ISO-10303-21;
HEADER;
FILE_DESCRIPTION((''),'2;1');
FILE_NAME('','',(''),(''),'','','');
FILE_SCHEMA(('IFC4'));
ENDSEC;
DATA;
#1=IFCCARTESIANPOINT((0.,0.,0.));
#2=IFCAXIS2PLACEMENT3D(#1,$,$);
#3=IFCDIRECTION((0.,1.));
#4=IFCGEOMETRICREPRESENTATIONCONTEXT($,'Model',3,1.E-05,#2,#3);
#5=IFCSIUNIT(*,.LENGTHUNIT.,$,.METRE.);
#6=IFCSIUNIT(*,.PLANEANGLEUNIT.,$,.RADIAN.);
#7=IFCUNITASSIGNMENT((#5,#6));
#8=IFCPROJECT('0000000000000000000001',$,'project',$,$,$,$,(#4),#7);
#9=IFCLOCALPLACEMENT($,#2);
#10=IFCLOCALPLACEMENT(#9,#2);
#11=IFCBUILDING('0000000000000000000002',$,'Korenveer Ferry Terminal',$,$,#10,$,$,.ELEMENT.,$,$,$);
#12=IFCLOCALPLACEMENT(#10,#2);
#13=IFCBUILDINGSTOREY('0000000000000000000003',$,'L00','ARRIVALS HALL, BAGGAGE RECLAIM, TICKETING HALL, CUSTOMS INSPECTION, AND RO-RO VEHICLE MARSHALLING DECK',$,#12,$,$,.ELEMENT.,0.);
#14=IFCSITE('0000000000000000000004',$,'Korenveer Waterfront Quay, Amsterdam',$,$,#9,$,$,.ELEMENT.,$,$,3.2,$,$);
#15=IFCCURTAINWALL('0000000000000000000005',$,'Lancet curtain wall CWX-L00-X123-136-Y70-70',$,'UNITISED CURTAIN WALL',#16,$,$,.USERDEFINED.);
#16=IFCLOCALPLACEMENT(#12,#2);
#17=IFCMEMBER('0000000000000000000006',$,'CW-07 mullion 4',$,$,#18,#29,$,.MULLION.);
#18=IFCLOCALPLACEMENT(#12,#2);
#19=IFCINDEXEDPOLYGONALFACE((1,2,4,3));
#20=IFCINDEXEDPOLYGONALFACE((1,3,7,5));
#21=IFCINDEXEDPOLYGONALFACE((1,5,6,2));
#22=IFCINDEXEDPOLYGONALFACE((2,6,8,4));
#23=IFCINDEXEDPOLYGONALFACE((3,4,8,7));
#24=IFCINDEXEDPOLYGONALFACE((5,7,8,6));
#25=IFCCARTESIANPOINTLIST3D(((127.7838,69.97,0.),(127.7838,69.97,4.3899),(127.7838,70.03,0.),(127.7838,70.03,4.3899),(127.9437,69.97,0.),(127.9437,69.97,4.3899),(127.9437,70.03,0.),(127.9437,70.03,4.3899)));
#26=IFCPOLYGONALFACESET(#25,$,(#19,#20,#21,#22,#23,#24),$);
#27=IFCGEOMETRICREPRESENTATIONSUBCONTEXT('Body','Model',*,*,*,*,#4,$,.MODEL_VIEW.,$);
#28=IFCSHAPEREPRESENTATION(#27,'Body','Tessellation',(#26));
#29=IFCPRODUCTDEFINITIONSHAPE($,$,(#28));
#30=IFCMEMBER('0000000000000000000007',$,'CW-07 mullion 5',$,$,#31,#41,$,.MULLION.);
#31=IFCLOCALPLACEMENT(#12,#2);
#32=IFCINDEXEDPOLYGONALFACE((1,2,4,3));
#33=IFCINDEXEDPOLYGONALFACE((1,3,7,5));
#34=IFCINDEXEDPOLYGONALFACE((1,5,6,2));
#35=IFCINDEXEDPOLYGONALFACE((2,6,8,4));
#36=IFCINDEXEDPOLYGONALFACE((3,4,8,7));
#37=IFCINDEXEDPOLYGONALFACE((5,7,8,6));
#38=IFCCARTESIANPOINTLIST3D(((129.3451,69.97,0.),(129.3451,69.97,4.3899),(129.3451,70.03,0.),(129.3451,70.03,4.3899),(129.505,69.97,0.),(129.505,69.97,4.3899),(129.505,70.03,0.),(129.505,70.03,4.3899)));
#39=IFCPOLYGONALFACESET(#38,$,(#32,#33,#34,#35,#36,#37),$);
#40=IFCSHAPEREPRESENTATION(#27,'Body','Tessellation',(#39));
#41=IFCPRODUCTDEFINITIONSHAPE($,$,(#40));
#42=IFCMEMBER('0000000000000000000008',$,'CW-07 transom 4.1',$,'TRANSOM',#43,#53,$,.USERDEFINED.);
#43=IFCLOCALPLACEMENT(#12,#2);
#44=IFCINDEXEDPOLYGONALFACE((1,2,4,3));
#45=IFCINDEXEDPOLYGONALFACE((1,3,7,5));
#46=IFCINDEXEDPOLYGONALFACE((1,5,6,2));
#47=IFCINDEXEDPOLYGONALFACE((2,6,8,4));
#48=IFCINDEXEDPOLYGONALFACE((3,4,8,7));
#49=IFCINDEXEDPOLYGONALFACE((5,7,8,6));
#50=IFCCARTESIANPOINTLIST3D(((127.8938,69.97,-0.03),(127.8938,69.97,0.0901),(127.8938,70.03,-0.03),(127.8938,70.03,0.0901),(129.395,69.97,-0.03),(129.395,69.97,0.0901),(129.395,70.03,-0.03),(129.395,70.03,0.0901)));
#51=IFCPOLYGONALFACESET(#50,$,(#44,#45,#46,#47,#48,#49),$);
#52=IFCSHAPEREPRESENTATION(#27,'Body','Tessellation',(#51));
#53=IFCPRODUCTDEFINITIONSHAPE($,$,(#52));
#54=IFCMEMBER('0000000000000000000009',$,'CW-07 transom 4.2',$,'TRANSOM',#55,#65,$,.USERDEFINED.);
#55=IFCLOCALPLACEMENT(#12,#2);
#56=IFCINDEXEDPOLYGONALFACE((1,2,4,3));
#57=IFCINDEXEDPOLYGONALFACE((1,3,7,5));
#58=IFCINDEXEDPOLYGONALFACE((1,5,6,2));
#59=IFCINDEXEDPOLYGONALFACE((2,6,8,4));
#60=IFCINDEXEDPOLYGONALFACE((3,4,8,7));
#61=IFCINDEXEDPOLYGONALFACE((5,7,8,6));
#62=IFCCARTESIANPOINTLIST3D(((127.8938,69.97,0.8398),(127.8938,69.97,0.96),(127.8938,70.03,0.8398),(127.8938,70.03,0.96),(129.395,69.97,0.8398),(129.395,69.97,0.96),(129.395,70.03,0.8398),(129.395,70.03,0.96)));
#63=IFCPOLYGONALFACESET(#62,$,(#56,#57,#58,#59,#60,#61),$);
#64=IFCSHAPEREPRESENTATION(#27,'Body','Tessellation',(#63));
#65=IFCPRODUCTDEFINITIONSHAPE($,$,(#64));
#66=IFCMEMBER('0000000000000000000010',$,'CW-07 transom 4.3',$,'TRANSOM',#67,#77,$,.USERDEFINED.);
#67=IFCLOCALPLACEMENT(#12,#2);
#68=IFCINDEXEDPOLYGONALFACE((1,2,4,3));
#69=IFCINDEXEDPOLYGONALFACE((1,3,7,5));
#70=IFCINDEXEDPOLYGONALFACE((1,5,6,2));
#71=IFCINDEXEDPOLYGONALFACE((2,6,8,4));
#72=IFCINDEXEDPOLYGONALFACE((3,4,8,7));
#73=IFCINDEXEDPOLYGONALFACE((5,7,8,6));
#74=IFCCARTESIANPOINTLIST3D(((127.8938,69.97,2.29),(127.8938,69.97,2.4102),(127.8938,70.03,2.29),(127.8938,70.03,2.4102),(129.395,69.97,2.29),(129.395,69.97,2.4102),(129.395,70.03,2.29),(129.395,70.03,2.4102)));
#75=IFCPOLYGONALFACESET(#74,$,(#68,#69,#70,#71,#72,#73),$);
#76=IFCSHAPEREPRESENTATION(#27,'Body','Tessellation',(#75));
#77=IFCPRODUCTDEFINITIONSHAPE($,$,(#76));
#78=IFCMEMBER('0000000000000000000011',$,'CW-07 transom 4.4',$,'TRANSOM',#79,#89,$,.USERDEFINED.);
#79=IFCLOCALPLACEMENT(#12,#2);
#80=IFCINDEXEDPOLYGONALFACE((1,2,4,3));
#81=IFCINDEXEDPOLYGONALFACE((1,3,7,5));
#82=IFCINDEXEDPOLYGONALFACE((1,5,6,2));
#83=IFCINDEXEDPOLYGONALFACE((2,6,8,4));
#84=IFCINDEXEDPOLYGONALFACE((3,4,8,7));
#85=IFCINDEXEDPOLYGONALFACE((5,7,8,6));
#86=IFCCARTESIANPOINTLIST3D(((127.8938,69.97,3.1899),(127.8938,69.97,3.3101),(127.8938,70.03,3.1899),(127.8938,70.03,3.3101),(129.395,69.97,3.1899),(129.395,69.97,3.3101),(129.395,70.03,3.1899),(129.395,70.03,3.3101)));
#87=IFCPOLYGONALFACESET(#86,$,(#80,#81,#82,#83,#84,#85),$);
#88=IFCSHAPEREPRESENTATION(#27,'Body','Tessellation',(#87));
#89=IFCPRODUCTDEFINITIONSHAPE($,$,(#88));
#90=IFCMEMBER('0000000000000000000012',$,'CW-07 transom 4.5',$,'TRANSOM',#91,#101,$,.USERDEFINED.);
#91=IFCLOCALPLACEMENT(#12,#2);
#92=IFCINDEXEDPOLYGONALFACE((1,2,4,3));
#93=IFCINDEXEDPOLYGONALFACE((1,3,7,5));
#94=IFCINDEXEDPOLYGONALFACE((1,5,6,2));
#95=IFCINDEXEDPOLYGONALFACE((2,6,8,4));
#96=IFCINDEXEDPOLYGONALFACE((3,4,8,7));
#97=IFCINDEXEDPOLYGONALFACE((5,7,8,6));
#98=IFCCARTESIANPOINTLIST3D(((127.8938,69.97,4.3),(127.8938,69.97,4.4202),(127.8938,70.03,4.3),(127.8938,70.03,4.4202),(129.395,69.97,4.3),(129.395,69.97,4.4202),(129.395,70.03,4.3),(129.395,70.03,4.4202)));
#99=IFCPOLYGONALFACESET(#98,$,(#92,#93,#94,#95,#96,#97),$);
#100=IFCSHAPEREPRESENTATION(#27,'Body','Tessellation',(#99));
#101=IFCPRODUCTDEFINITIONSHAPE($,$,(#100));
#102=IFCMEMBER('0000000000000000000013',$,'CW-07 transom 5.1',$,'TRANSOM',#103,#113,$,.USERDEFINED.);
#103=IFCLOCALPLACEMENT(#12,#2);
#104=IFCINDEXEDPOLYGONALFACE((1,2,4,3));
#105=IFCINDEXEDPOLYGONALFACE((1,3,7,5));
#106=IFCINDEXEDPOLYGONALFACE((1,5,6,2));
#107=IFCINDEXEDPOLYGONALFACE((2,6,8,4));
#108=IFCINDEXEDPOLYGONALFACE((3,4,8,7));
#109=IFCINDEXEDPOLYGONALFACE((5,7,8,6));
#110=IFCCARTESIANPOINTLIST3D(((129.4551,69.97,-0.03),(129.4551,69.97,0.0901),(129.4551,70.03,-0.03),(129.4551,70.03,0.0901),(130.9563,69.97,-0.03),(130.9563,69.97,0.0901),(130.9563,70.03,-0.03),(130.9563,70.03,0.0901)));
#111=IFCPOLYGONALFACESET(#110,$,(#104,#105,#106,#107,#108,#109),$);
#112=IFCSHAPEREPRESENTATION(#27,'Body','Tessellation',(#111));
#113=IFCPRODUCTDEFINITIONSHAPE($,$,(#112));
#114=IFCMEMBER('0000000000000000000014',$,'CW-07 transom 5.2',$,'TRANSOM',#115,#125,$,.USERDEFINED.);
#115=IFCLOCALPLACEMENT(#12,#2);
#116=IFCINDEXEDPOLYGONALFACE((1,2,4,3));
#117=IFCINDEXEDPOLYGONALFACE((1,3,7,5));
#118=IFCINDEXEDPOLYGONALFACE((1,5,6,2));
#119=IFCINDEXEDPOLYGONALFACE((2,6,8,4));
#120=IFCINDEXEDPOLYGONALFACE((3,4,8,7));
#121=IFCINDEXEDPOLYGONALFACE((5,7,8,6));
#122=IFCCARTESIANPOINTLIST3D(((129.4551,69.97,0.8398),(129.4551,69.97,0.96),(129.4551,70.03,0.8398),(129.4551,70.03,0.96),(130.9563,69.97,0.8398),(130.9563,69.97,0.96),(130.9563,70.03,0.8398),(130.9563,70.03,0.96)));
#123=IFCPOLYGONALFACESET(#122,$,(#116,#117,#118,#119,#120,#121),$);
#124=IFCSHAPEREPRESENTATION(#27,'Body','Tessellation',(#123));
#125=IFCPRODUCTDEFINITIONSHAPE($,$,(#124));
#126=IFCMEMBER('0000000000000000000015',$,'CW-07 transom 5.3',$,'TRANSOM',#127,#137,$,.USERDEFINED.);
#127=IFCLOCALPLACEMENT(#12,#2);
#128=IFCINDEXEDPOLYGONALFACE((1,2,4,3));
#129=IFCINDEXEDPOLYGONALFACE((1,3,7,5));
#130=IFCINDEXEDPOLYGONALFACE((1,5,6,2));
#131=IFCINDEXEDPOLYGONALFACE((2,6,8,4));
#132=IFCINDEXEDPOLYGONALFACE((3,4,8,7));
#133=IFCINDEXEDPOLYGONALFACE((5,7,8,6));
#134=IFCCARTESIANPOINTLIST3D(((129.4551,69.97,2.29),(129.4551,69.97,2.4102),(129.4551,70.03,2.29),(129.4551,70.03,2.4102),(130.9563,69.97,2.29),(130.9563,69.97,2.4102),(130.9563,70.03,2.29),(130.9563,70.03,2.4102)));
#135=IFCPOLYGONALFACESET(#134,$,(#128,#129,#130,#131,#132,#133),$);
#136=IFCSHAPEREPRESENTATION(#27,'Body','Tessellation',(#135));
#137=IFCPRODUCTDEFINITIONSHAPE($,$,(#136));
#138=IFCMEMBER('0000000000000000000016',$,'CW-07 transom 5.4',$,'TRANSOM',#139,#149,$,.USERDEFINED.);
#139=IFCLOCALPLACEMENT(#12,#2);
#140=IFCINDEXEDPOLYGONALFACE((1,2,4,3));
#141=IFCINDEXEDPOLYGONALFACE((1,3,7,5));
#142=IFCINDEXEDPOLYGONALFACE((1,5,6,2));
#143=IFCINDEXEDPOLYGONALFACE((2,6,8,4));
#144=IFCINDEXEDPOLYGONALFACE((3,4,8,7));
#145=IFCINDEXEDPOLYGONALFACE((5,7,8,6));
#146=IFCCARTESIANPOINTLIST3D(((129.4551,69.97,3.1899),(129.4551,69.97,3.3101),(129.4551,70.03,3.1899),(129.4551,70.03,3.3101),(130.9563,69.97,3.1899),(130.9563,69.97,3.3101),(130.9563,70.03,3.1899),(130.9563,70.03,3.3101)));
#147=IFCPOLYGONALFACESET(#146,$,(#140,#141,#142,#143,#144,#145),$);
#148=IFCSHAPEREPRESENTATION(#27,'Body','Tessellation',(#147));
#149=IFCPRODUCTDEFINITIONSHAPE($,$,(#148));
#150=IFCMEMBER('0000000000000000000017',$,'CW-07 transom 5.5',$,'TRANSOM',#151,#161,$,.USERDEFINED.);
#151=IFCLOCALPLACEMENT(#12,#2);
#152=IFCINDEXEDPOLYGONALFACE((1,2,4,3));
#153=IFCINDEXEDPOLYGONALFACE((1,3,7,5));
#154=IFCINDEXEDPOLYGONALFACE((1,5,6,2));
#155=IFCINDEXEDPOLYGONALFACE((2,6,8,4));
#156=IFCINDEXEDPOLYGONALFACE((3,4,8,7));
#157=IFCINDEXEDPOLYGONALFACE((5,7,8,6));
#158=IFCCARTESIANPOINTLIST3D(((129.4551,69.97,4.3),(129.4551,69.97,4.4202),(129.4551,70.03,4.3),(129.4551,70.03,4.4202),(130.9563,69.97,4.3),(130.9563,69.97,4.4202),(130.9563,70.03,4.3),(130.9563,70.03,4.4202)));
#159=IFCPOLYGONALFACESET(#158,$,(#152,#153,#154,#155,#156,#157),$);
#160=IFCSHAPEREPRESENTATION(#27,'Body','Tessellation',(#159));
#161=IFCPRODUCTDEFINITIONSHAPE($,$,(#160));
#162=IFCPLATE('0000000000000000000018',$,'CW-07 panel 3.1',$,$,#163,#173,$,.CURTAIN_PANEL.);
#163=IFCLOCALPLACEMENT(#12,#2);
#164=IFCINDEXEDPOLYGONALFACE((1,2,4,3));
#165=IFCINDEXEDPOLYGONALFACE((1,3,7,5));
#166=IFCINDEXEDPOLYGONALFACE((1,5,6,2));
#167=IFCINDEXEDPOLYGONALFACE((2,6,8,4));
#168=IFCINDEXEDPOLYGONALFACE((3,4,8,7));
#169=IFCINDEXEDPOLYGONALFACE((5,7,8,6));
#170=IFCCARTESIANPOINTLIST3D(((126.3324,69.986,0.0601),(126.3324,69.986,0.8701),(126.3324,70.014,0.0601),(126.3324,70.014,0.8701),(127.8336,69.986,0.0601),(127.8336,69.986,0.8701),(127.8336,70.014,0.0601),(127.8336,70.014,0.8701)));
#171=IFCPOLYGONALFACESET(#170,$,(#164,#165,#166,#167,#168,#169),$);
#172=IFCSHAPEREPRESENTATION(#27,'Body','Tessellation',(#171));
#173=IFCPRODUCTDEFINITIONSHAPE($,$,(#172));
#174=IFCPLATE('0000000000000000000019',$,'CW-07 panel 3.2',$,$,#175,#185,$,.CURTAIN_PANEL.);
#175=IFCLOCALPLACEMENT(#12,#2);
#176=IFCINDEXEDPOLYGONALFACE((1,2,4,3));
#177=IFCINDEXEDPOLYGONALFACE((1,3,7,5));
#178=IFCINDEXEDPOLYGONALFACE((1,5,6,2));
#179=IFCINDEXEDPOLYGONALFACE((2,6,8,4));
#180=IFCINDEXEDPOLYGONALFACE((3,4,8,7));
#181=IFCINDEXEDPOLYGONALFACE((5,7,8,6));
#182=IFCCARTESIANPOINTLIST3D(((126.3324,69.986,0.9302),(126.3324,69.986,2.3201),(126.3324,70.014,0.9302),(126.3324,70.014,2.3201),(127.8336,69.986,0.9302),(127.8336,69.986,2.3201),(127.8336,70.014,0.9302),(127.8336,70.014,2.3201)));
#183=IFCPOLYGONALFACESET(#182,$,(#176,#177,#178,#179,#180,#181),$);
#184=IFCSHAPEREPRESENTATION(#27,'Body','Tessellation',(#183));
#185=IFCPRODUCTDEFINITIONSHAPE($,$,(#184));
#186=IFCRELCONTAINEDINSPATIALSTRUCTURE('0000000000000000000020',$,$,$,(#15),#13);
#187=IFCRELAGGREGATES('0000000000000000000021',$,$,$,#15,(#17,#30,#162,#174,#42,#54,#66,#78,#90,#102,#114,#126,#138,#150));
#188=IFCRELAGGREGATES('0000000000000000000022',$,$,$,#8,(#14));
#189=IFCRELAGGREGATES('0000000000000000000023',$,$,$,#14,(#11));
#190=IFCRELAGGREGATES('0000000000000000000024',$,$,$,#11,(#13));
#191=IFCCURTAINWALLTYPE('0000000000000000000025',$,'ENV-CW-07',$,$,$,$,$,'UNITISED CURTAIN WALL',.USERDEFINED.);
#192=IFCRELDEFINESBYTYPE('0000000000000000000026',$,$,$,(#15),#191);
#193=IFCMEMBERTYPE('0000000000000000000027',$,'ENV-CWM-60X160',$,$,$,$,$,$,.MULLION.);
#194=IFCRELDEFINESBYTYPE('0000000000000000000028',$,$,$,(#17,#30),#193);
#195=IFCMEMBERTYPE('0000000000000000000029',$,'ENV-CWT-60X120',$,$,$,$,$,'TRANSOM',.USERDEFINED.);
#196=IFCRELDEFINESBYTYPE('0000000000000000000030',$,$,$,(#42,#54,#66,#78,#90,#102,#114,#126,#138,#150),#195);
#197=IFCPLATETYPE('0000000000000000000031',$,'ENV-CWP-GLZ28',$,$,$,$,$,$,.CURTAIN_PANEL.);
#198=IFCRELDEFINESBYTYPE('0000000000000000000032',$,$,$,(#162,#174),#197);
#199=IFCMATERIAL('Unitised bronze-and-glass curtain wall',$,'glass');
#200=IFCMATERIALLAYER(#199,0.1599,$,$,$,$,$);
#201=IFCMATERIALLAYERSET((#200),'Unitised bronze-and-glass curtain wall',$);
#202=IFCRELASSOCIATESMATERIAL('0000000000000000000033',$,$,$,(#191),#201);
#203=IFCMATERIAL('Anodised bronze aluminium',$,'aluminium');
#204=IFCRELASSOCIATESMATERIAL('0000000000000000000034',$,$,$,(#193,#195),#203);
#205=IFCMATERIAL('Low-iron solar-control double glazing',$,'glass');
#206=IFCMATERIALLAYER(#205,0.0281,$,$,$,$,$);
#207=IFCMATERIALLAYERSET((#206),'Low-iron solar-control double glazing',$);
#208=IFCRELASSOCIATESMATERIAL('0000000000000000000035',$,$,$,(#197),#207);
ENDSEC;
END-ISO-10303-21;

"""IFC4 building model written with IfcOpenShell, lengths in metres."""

from ifc_helpers import new_model, si_unit, direction, frame, origin, origin_2d, place, context, subcontext, project, spatial, rectangle, extrude, material, layer, layer_set, material_profile, profile_set, type_object, element, aggregate, save


model = new_model("IFC4")

# Units and contexts
model_context = context("Model", 3, precision=1e-05, world=origin(), true_north=direction((0.0, 1.0)))
body_context = subcontext(model_context, "Body", "Model", "MODEL_VIEW")
ifc_project = project(units=[si_unit("LENGTHUNIT", "METRE"), si_unit("PLANEANGLEUNIT", "RADIAN")], contexts=[model_context])

# Site, building, storey
site_placement = place(None, origin())
site = spatial("IfcSite", under=ifc_project, at=site_placement, Name="Korenveer Waterfront Quay, Amsterdam", CompositionType="ELEMENT", RefElevation=3.2)
building_placement = place(site_placement, origin())
building = spatial("IfcBuilding", under=site, at=building_placement, Name="Korenveer Ferry Terminal", CompositionType="ELEMENT")
storey_placement = place(building_placement, origin())
storey = spatial("IfcBuildingStorey", under=building, at=storey_placement, Name="L00", Description="ARRIVALS HALL, BAGGAGE RECLAIM, TICKETING HALL, CUSTOMS INSPECTION, AND RO-RO VEHICLE MARSHALLING DECK", CompositionType="ELEMENT", Elevation=0.0)

# Curtain wall, members, plates
ifc_material_1 = material(Name="Unitised bronze-and-glass curtain wall", Category="glass")
ifc_layer_1 = layer(ifc_material_1, 0.1599)
ifc_layer_set_1 = layer_set([ifc_layer_1], Name="Unitised bronze-and-glass curtain wall")
curtain_wall_type = type_object("IfcCurtainWallType", Name="ENV-CW-07", ElementType="UNITISED CURTAIN WALL", PredefinedType="USERDEFINED", material=ifc_layer_set_1)
curtain_wall_placement = place(storey_placement, frame((123.1799, 70.0, 0.0)))
curtain_wall = element("IfcCurtainWall", 1, at=curtain_wall_placement, inside=storey, type_object=curtain_wall_type, Name="Lancet curtain wall CWX-L00-X123-136-Y70-70", ObjectType="UNITISED CURTAIN WALL", PredefinedType="USERDEFINED")
ifc_material_2 = material(Name="Anodised bronze aluminium", Category="aluminium")
ifc_material_profile_1 = material_profile(ifc_material_2, rectangle(XDim=0.0601, YDim=0.1599, at=origin_2d()), Name="ALU 60x160")
ifc_profile_set_1 = profile_set([ifc_material_profile_1], Name="Anodised bronze aluminium")
member_type_1 = type_object("IfcMemberType", Name="ENV-CWM-60X160", PredefinedType="MULLION", material=ifc_profile_set_1)
member_1_placement = place(storey_placement, frame((127.8638, 70.0, 0.0), z_axis=(0.0, 0.0, 1.0), x_axis=(0.0, 1.0, 0.0)))
member_1 = element("IfcMember", 2, at=member_1_placement, type_object=member_type_1, Name="CW-07 mullion 4", PredefinedType="MULLION", context=body_context, shape_type="SweptSolid", body=[
    extrude(rectangle(XDim=0.0601, YDim=0.1599, at=origin_2d()), origin(), (0.0, 0.0, 1.0), 4.3899),
])
member_2_placement = place(storey_placement, frame((129.425, 70.0, 0.0), z_axis=(0.0, 0.0, 1.0), x_axis=(0.0, 1.0, 0.0)))
member_2 = element("IfcMember", 3, at=member_2_placement, type_object=member_type_1, Name="CW-07 mullion 5", PredefinedType="MULLION", context=body_context, shape_type="SweptSolid", body=[
    extrude(rectangle(XDim=0.0601, YDim=0.1599, at=origin_2d()), origin(), (0.0, 0.0, 1.0), 4.3899),
])
ifc_material_profile_2 = material_profile(ifc_material_2, rectangle(XDim=0.0601, YDim=0.1201, at=origin_2d()), Name="ALU 60x120")
ifc_profile_set_2 = profile_set([ifc_material_profile_2], Name="Anodised bronze aluminium")
member_type_2 = type_object("IfcMemberType", Name="ENV-CWT-60X120", ElementType="TRANSOM", PredefinedType="USERDEFINED", material=ifc_profile_set_2)
member_3_placement = place(storey_placement, frame((127.8938, 70.0, 0.03), z_axis=(1.0, 0.0, 0.0), x_axis=(0.0, 1.0, 0.0)))
member_3 = element("IfcMember", 4, at=member_3_placement, type_object=member_type_2, Name="CW-07 transom 4.1", ObjectType="TRANSOM", PredefinedType="USERDEFINED", context=body_context, shape_type="SweptSolid", body=[
    extrude(rectangle(XDim=0.0601, YDim=0.1201, at=origin_2d()), origin(), (0.0, 0.0, 1.0), 1.5012),
])
member_4_placement = place(storey_placement, frame((127.8938, 70.0, 0.8999), z_axis=(1.0, 0.0, 0.0), x_axis=(0.0, 1.0, 0.0)))
member_4 = element("IfcMember", 5, at=member_4_placement, type_object=member_type_2, Name="CW-07 transom 4.2", ObjectType="TRANSOM", PredefinedType="USERDEFINED", context=body_context, shape_type="SweptSolid", body=[
    extrude(rectangle(XDim=0.0601, YDim=0.1201, at=origin_2d()), origin(), (0.0, 0.0, 1.0), 1.5012),
])
member_5_placement = place(storey_placement, frame((127.8938, 70.0, 2.3501), z_axis=(1.0, 0.0, 0.0), x_axis=(0.0, 1.0, 0.0)))
member_5 = element("IfcMember", 6, at=member_5_placement, type_object=member_type_2, Name="CW-07 transom 4.3", ObjectType="TRANSOM", PredefinedType="USERDEFINED", context=body_context, shape_type="SweptSolid", body=[
    extrude(rectangle(XDim=0.0601, YDim=0.1201, at=origin_2d()), origin(), (0.0, 0.0, 1.0), 1.5012),
])
member_6_placement = place(storey_placement, frame((127.8938, 70.0, 3.25), z_axis=(1.0, 0.0, 0.0), x_axis=(0.0, 1.0, 0.0)))
member_6 = element("IfcMember", 7, at=member_6_placement, type_object=member_type_2, Name="CW-07 transom 4.4", ObjectType="TRANSOM", PredefinedType="USERDEFINED", context=body_context, shape_type="SweptSolid", body=[
    extrude(rectangle(XDim=0.0601, YDim=0.1201, at=origin_2d()), origin(), (0.0, 0.0, 1.0), 1.5012),
])
member_7_placement = place(storey_placement, frame((127.8938, 70.0, 4.3601), z_axis=(1.0, 0.0, 0.0), x_axis=(0.0, 1.0, 0.0)))
member_7 = element("IfcMember", 8, at=member_7_placement, type_object=member_type_2, Name="CW-07 transom 4.5", ObjectType="TRANSOM", PredefinedType="USERDEFINED", context=body_context, shape_type="SweptSolid", body=[
    extrude(rectangle(XDim=0.0601, YDim=0.1201, at=origin_2d()), origin(), (0.0, 0.0, 1.0), 1.5012),
])
member_8_placement = place(storey_placement, frame((129.4551, 70.0, 0.03), z_axis=(1.0, 0.0, 0.0), x_axis=(0.0, 1.0, 0.0)))
member_8 = element("IfcMember", 9, at=member_8_placement, type_object=member_type_2, Name="CW-07 transom 5.1", ObjectType="TRANSOM", PredefinedType="USERDEFINED", context=body_context, shape_type="SweptSolid", body=[
    extrude(rectangle(XDim=0.0601, YDim=0.1201, at=origin_2d()), origin(), (0.0, 0.0, 1.0), 1.5012),
])
member_9_placement = place(storey_placement, frame((129.4551, 70.0, 0.8999), z_axis=(1.0, 0.0, 0.0), x_axis=(0.0, 1.0, 0.0)))
member_9 = element("IfcMember", 10, at=member_9_placement, type_object=member_type_2, Name="CW-07 transom 5.2", ObjectType="TRANSOM", PredefinedType="USERDEFINED", context=body_context, shape_type="SweptSolid", body=[
    extrude(rectangle(XDim=0.0601, YDim=0.1201, at=origin_2d()), origin(), (0.0, 0.0, 1.0), 1.5012),
])
member_10_placement = place(storey_placement, frame((129.4551, 70.0, 2.3501), z_axis=(1.0, 0.0, 0.0), x_axis=(0.0, 1.0, 0.0)))
member_10 = element("IfcMember", 11, at=member_10_placement, type_object=member_type_2, Name="CW-07 transom 5.3", ObjectType="TRANSOM", PredefinedType="USERDEFINED", context=body_context, shape_type="SweptSolid", body=[
    extrude(rectangle(XDim=0.0601, YDim=0.1201, at=origin_2d()), origin(), (0.0, 0.0, 1.0), 1.5012),
])
member_11_placement = place(storey_placement, frame((129.4551, 70.0, 3.25), z_axis=(1.0, 0.0, 0.0), x_axis=(0.0, 1.0, 0.0)))
member_11 = element("IfcMember", 12, at=member_11_placement, type_object=member_type_2, Name="CW-07 transom 5.4", ObjectType="TRANSOM", PredefinedType="USERDEFINED", context=body_context, shape_type="SweptSolid", body=[
    extrude(rectangle(XDim=0.0601, YDim=0.1201, at=origin_2d()), origin(), (0.0, 0.0, 1.0), 1.5012),
])
member_12_placement = place(storey_placement, frame((129.4551, 70.0, 4.3601), z_axis=(1.0, 0.0, 0.0), x_axis=(0.0, 1.0, 0.0)))
member_12 = element("IfcMember", 13, at=member_12_placement, type_object=member_type_2, Name="CW-07 transom 5.5", ObjectType="TRANSOM", PredefinedType="USERDEFINED", context=body_context, shape_type="SweptSolid", body=[
    extrude(rectangle(XDim=0.0601, YDim=0.1201, at=origin_2d()), origin(), (0.0, 0.0, 1.0), 1.5012),
])
ifc_material_3 = material(Name="Low-iron solar-control double glazing", Category="glass")
ifc_layer_2 = layer(ifc_material_3, 0.0281)
ifc_layer_set_2 = layer_set([ifc_layer_2], Name="Low-iron solar-control double glazing")
plate_type = type_object("IfcPlateType", Name="ENV-CWP-GLZ28", PredefinedType="CURTAIN_PANEL", material=ifc_layer_set_2)
plate_1_placement = place(storey_placement, frame((127.083, 70.0, 0.0601), z_axis=(0.0, 0.0, 1.0), x_axis=(1.0, 0.0, 0.0)))
plate_1 = element("IfcPlate", 14, at=plate_1_placement, type_object=plate_type, Name="CW-07 panel 3.1", PredefinedType="CURTAIN_PANEL", context=body_context, shape_type="SweptSolid", body=[
    extrude(rectangle(XDim=1.5012, YDim=0.0281, at=origin_2d()), origin(), (0.0, 0.0, 1.0), 0.8101),
])
plate_2_placement = place(storey_placement, frame((127.083, 70.0, 0.9302), z_axis=(0.0, 0.0, 1.0), x_axis=(1.0, 0.0, 0.0)))
plate_2 = element("IfcPlate", 15, at=plate_2_placement, type_object=plate_type, Name="CW-07 panel 3.2", PredefinedType="CURTAIN_PANEL", context=body_context, shape_type="SweptSolid", body=[
    extrude(rectangle(XDim=1.5012, YDim=0.0281, at=origin_2d()), origin(), (0.0, 0.0, 1.0), 1.3899),
])
aggregate(curtain_wall, [member_1, member_2, plate_1, plate_2, member_3, member_4, member_5, member_6, member_7, member_8, member_9, member_10, member_11, member_12])

save(model, "model.ifc")
